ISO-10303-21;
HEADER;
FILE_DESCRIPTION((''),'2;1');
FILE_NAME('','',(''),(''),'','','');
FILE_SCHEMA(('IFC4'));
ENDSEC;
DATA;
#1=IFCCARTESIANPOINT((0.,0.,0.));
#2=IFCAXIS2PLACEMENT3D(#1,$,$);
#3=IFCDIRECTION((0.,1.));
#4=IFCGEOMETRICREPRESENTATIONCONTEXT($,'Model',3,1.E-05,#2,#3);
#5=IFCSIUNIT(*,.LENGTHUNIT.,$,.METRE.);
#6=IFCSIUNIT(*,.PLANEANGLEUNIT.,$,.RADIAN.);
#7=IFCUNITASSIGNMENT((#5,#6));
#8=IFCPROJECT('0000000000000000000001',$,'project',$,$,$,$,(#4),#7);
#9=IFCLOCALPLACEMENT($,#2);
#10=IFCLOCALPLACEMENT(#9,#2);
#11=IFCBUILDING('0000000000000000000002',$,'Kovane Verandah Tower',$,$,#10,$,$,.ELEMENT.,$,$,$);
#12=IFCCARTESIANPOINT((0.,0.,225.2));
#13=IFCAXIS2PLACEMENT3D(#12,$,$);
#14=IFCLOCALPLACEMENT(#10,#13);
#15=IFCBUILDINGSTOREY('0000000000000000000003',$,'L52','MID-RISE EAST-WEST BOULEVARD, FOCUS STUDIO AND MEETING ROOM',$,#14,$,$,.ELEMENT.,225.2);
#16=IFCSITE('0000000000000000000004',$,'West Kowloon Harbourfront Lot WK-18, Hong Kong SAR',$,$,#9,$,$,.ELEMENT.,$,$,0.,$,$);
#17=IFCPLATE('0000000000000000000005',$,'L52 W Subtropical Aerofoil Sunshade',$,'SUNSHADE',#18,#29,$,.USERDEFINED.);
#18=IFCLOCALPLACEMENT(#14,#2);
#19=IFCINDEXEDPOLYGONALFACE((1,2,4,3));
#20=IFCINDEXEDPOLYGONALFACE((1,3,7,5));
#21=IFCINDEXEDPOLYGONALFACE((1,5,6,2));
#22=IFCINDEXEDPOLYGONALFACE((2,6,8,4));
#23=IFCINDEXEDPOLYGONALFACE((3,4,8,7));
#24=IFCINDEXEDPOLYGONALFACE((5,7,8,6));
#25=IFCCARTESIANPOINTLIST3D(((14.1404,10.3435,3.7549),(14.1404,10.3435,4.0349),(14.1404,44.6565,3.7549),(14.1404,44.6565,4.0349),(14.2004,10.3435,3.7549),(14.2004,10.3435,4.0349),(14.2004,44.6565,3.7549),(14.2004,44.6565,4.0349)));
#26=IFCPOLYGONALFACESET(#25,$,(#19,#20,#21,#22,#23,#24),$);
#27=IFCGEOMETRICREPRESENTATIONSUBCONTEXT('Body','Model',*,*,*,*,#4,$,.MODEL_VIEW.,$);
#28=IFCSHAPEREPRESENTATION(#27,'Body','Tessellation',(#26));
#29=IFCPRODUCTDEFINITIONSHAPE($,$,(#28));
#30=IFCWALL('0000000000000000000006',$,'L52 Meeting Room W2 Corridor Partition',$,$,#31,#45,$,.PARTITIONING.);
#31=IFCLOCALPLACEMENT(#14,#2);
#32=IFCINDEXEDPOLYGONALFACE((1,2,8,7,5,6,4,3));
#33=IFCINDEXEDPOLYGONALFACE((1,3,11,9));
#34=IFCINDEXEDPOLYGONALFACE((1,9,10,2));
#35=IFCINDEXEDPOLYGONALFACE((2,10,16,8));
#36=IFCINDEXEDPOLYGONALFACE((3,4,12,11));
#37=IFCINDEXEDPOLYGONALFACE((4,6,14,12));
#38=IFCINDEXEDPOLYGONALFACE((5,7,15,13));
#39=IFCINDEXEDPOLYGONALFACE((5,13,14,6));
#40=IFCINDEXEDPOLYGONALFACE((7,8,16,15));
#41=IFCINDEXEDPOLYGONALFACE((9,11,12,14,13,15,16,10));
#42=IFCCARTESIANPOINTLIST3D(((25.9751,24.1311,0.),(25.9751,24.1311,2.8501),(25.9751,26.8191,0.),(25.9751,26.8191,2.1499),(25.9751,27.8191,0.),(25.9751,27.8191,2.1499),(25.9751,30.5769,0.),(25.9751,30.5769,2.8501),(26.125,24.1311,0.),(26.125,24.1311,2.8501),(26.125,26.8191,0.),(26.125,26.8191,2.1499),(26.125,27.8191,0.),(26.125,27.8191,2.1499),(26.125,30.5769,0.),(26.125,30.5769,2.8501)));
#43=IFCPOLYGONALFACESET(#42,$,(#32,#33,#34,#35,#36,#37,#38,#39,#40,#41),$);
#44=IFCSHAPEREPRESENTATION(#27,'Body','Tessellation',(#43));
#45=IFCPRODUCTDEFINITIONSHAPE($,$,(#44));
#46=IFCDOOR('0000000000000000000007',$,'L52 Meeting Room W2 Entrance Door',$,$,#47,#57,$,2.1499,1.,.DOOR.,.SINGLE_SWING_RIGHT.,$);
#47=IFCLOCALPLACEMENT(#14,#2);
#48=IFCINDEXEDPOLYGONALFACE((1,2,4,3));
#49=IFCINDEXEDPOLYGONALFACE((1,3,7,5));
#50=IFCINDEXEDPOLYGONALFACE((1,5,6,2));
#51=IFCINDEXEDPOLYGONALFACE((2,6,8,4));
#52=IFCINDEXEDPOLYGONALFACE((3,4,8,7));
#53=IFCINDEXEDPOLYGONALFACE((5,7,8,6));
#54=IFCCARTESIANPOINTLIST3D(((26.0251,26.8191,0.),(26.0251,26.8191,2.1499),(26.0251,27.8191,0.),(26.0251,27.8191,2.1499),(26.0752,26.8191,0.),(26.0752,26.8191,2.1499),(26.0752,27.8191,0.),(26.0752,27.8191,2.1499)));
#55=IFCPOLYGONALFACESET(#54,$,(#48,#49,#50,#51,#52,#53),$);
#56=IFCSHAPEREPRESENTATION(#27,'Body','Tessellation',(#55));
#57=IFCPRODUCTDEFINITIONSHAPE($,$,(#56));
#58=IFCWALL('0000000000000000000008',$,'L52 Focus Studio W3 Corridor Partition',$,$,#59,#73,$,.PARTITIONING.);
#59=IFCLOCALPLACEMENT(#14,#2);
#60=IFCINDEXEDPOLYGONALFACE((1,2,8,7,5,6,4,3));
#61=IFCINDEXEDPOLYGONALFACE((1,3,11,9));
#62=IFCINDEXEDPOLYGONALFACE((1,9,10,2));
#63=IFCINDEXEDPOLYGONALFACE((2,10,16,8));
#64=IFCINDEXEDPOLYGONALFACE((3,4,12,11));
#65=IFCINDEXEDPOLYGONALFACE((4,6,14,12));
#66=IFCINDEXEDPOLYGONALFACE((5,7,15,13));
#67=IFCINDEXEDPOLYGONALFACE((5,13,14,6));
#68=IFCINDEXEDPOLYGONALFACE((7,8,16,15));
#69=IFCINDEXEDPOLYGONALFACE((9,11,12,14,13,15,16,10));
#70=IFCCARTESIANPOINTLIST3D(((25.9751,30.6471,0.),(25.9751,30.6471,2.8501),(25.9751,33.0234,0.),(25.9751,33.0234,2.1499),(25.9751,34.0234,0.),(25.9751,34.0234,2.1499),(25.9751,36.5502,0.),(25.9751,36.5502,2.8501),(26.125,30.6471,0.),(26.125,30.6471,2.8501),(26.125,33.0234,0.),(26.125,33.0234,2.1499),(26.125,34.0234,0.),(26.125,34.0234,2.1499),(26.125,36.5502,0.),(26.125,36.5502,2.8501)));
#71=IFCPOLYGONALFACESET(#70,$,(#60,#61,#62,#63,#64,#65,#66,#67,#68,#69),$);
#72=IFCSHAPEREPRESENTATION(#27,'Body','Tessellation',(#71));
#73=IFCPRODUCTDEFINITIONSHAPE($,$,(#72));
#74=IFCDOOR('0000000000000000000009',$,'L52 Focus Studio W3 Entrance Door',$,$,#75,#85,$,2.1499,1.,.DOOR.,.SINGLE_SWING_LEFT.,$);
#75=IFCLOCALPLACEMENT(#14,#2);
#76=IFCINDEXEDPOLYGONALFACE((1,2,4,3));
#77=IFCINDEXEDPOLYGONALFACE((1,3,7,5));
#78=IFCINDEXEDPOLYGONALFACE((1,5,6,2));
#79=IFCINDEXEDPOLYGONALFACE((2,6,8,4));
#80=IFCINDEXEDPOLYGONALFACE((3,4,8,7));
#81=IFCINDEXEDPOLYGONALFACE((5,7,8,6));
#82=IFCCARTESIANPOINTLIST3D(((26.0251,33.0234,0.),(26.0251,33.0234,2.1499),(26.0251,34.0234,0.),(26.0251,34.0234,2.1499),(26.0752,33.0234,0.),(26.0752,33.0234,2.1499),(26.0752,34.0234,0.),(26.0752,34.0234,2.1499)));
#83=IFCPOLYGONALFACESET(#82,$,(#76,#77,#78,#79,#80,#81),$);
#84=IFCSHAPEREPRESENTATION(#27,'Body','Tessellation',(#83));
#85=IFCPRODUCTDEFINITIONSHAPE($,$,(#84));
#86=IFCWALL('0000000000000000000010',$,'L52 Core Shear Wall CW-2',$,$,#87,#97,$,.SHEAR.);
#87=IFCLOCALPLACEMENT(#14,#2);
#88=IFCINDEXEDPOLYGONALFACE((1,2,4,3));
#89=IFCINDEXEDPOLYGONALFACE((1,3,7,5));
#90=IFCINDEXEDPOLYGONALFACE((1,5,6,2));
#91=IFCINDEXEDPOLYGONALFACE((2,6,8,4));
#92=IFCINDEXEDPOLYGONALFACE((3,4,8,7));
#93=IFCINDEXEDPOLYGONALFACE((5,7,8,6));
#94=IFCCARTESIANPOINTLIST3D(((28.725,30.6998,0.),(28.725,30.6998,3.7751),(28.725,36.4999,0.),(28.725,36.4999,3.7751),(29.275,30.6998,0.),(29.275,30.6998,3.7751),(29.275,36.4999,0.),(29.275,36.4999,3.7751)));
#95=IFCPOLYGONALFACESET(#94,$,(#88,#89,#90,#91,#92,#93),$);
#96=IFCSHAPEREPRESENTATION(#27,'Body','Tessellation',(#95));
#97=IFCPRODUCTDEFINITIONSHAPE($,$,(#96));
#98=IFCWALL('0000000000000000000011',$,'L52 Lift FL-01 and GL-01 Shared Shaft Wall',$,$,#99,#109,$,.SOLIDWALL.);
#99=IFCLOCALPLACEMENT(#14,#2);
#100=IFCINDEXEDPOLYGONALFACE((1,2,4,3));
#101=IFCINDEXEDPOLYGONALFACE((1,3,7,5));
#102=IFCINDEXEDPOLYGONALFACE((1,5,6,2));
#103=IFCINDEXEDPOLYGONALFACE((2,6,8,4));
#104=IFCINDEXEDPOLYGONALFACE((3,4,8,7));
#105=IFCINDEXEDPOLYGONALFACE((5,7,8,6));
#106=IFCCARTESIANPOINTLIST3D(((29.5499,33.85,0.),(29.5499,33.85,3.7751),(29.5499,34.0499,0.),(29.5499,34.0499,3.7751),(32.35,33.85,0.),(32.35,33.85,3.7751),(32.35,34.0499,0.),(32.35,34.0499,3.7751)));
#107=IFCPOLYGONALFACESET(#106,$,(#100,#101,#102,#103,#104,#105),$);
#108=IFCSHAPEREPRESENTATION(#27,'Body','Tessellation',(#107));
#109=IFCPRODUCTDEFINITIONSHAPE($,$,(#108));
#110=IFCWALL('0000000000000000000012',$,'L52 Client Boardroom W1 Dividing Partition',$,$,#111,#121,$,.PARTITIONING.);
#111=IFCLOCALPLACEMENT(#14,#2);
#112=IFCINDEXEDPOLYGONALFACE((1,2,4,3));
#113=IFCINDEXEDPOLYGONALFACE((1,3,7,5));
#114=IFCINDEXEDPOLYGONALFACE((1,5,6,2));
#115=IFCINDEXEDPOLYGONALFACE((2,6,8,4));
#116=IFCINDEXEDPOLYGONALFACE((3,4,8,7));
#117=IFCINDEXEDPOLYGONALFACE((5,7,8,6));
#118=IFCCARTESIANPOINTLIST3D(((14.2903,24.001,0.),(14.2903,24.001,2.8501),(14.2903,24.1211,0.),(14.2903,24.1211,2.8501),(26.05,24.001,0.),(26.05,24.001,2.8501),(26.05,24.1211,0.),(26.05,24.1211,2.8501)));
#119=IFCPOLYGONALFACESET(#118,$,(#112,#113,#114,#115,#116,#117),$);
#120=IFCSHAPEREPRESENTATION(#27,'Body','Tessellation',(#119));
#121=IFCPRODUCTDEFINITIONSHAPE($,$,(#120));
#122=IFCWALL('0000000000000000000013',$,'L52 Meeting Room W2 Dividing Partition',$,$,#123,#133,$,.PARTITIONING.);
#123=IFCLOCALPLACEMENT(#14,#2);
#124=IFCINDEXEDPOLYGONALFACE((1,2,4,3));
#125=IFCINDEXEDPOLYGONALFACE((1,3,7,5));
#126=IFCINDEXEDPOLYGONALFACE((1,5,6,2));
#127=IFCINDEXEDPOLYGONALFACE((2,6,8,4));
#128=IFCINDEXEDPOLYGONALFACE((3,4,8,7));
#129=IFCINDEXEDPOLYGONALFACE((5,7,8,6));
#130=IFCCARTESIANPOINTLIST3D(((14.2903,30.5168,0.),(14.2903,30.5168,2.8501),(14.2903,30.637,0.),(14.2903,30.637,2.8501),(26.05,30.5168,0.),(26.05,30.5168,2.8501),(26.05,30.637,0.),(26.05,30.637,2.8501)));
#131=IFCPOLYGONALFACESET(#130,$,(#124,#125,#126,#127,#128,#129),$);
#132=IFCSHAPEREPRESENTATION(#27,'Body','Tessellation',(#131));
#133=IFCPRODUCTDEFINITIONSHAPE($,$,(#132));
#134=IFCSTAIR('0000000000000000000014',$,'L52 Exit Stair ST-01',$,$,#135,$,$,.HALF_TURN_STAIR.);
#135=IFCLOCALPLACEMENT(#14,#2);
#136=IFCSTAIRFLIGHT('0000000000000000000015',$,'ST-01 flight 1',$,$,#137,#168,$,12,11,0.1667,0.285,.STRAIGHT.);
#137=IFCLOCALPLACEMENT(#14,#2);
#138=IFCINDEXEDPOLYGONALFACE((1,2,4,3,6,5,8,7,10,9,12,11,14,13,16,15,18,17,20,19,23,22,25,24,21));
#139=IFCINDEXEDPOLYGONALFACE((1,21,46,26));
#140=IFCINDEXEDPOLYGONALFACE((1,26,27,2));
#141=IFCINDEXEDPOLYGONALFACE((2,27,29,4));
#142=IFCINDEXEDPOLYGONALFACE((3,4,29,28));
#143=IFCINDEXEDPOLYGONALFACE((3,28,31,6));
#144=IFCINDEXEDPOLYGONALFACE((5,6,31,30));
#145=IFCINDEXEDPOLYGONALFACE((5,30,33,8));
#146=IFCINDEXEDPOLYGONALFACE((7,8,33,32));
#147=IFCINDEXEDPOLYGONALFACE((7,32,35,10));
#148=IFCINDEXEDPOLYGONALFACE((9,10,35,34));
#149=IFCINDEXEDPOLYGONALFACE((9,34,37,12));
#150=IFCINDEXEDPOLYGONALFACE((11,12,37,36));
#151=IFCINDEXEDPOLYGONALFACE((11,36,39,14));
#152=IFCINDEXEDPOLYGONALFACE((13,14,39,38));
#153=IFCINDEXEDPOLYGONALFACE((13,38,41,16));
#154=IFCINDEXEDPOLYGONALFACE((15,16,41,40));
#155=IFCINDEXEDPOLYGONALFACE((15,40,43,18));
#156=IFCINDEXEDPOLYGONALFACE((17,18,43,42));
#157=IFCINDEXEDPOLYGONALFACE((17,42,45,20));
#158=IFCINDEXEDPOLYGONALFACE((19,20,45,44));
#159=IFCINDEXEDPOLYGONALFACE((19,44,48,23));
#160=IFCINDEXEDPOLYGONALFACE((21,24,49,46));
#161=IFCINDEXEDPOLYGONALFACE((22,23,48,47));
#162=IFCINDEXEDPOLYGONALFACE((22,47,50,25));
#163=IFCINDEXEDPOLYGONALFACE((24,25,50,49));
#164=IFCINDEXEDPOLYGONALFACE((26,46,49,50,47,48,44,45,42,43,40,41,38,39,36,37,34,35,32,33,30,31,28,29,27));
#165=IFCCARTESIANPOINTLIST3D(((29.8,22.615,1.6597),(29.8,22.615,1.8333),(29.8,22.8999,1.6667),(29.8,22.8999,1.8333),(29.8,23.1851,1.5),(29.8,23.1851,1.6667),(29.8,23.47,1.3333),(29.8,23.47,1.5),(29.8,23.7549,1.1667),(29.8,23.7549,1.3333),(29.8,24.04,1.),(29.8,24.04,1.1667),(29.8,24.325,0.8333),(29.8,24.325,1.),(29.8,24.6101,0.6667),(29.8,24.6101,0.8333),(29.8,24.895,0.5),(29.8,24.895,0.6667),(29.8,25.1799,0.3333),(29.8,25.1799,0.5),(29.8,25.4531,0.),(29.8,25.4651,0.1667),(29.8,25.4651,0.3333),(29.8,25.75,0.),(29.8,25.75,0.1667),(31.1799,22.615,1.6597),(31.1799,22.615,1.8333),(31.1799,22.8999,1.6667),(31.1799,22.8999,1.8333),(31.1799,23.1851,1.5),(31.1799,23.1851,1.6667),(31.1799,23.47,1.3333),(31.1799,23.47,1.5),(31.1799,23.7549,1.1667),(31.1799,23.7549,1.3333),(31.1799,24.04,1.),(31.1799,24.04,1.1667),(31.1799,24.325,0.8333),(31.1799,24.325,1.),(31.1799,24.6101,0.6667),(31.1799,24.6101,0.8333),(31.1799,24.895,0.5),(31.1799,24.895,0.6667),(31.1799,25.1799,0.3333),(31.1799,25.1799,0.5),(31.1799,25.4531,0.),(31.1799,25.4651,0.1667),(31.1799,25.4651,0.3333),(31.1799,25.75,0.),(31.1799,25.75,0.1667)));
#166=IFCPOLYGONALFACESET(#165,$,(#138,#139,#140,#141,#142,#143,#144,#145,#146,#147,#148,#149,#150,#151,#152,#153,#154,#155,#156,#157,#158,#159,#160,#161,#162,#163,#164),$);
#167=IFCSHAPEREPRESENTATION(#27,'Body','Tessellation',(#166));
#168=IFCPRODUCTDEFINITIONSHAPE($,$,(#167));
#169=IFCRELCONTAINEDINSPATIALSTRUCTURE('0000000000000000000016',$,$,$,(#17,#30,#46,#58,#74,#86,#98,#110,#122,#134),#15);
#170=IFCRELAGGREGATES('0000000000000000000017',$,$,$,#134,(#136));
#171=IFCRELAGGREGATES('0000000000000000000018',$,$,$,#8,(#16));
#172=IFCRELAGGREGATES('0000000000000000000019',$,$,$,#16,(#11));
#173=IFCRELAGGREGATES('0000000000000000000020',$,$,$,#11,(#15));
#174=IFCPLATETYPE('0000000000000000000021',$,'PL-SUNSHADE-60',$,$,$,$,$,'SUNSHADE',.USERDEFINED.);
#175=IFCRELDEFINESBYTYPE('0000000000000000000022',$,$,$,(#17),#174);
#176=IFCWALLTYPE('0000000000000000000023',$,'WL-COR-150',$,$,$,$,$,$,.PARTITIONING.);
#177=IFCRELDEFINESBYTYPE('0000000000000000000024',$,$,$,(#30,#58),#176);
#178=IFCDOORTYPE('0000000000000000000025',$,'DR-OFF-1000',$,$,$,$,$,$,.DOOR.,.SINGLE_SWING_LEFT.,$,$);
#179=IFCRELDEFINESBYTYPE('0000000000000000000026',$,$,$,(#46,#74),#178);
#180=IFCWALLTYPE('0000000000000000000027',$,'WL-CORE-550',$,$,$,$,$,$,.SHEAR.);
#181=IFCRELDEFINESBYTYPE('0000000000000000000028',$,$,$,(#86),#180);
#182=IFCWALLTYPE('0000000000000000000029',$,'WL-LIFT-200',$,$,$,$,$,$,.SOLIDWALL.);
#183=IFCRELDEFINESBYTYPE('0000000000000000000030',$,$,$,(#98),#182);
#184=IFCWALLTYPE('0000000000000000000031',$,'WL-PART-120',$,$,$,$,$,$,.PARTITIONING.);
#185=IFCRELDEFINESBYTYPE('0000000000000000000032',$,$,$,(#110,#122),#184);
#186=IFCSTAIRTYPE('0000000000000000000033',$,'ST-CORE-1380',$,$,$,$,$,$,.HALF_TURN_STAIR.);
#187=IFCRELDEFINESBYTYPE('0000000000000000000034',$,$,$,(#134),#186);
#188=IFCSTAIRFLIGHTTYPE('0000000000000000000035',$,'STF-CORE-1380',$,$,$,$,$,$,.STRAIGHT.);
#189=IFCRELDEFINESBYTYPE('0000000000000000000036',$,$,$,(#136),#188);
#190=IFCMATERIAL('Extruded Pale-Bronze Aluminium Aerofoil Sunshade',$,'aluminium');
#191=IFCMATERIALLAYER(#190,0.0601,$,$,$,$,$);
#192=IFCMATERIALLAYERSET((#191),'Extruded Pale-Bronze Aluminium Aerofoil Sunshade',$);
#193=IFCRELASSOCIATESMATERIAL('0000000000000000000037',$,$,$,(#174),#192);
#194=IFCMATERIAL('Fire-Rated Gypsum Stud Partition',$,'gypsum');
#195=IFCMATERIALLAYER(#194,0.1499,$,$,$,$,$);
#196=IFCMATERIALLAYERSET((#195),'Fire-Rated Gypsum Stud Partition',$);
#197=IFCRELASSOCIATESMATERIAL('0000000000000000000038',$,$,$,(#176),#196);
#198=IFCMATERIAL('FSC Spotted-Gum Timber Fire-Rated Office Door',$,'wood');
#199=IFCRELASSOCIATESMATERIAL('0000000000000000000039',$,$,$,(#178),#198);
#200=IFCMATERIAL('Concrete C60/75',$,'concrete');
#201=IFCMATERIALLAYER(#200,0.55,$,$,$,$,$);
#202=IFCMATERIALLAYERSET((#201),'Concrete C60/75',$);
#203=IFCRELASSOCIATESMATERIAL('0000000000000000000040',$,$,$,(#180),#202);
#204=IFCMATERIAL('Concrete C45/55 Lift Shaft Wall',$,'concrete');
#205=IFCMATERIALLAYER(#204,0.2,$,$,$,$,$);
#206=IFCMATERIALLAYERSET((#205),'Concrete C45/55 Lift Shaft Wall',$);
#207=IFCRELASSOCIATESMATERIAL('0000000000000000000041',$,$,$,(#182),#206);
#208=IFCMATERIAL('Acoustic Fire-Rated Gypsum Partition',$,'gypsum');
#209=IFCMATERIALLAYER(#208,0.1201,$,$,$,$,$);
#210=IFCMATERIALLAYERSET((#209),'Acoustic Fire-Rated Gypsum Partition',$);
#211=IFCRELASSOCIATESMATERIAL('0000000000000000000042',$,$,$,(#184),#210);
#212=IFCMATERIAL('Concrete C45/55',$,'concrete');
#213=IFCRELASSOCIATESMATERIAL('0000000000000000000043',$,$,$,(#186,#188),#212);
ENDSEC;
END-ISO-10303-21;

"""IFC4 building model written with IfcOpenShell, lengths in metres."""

from ifc_helpers import new_model, si_unit, direction, frame, frame_2d, origin, origin_2d, place, context, subcontext, project, spatial, polyline, rectangle, outline, extrude, material, layer, layer_set, type_object, element, fill, aggregate, save


model = new_model("IFC4")

# Units and contexts
model_context = context("Model", 3, precision=1e-05, world=origin(), true_north=direction((0.0, 1.0)))
body_context = subcontext(model_context, "Body", "Model", "MODEL_VIEW")
ifc_project = project(units=[si_unit("LENGTHUNIT", "METRE"), si_unit("PLANEANGLEUNIT", "RADIAN")], contexts=[model_context])

# Site, building, storey
site_placement = place(None, origin())
site = spatial("IfcSite", under=ifc_project, at=site_placement, Name="West Kowloon Harbourfront Lot WK-18, Hong Kong SAR", CompositionType="ELEMENT", RefElevation=0.0)
building_placement = place(site_placement, origin())
building = spatial("IfcBuilding", under=site, at=building_placement, Name="Kovane Verandah Tower", CompositionType="ELEMENT")
storey_placement = place(building_placement, frame((0.0, 0.0, 225.2)))
storey = spatial("IfcBuildingStorey", under=building, at=storey_placement, Name="L52", Description="MID-RISE EAST-WEST BOULEVARD, FOCUS STUDIO AND MEETING ROOM", CompositionType="ELEMENT", Elevation=225.2)

# Shared definitions
ifc_material_1 = material(Name="Concrete C60/75", Category="concrete")

# Plate
ifc_material_2 = material(Name="Extruded Pale-Bronze Aluminium Aerofoil Sunshade", Category="aluminium")
ifc_layer_1 = layer(ifc_material_2, 0.0601)
ifc_layer_set_1 = layer_set([ifc_layer_1], Name="Extruded Pale-Bronze Aluminium Aerofoil Sunshade")
plate_type_1 = type_object("IfcPlateType", Name="PL-SUNSHADE-60", ElementType="SUNSHADE", PredefinedType="USERDEFINED", material=ifc_layer_set_1)
plate_1_placement = place(storey_placement, frame((14.1704, 27.5, 3.7549), z_axis=(0.0, 0.0, 1.0), x_axis=(0.0, -1.0, 0.0)))
element("IfcPlate", 1, at=plate_1_placement, inside=storey, type_object=plate_type_1, Name="L52 W Subtropical Aerofoil Sunshade", ObjectType="SUNSHADE", PredefinedType="USERDEFINED", context=body_context, shape_type="SweptSolid", body=[
    extrude(rectangle(XDim=34.313, YDim=0.0601, at=origin_2d()), origin(), (0.0, 0.0, 1.0), 0.28),
])

# Walls, openings, doors
ifc_material_3 = material(Name="Fire-Rated Gypsum Stud Partition", Category="gypsum")
ifc_layer_2 = layer(ifc_material_3, 0.1499)
ifc_layer_set_2 = layer_set([ifc_layer_2], Name="Fire-Rated Gypsum Stud Partition")
wall_type_1 = type_object("IfcWallType", Name="WL-COR-150", PredefinedType="PARTITIONING", material=ifc_layer_set_2)
wall_1_placement = place(storey_placement, frame((26.05, 24.1311, 0.0), z_axis=(0.0, 0.0, 1.0), x_axis=(0.0, 1.0, 0.0)))
wall_1 = element("IfcWall", 2, at=wall_1_placement, inside=storey, type_object=wall_type_1, Name="L52 Meeting Room W2 Corridor Partition", PredefinedType="PARTITIONING", context=body_context, shape_type="SweptSolid", body=[
    extrude(rectangle(XDim=6.4458, YDim=0.1499, at=frame_2d((3.2229, 0.0))), origin(), (0.0, 0.0, 1.0), 2.8501),
])
opening_1_placement = place(wall_1_placement, frame((2.688, 0.0, 0.0)))
opening_1 = element("IfcOpeningElement", 3, at=opening_1_placement, cuts=wall_1, PredefinedType="OPENING", context=body_context, shape_type="SweptSolid", body=[
    extrude(rectangle(XDim=1.0, YDim=2.1499, at=frame_2d((0.5, 1.075))), frame((0.0, 0.075, 0.0), z_axis=(0.0, -1.0, 0.0), x_axis=(1.0, 0.0, 0.0)), (0.0, 0.0, 1.0), 0.1499),
])
ifc_material_4 = material(Name="FSC Spotted-Gum Timber Fire-Rated Office Door", Category="wood")
door_type_1 = type_object("IfcDoorType", Name="DR-OFF-1000", OperationType="SINGLE_SWING_LEFT", PredefinedType="DOOR", material=ifc_material_4)
door_1_placement = place(opening_1_placement, origin())
door_1 = element("IfcDoor", 4, at=door_1_placement, inside=storey, type_object=door_type_1, Name="L52 Meeting Room W2 Entrance Door", OperationType="SINGLE_SWING_RIGHT", OverallHeight=2.1499, OverallWidth=1.0, PredefinedType="DOOR", context=body_context, shape_type="SweptSolid", body=[
    extrude(rectangle(XDim=1.0, YDim=2.1499, at=frame_2d((0.5, 1.075))), frame((0.0, 0.0249, 0.0), z_axis=(0.0, -1.0, 0.0), x_axis=(1.0, 0.0, 0.0)), (0.0, 0.0, 1.0), 0.05),
])
fill(opening_1, door_1)
wall_2_placement = place(storey_placement, frame((26.05, 30.647, 0.0), z_axis=(0.0, 0.0, 1.0), x_axis=(0.0, 1.0, 0.0)))
wall_2 = element("IfcWall", 5, at=wall_2_placement, inside=storey, type_object=wall_type_1, Name="L52 Focus Studio W3 Corridor Partition", PredefinedType="PARTITIONING", context=body_context, shape_type="SweptSolid", body=[
    extrude(rectangle(XDim=5.9031, YDim=0.1499, at=frame_2d((2.9517, 0.0))), origin(), (0.0, 0.0, 1.0), 2.8501),
])
opening_2_placement = place(wall_2_placement, frame((2.3765, 0.0, 0.0)))
opening_2 = element("IfcOpeningElement", 6, at=opening_2_placement, cuts=wall_2, PredefinedType="OPENING", context=body_context, shape_type="SweptSolid", body=[
    extrude(rectangle(XDim=1.0, YDim=2.1499, at=frame_2d((0.5, 1.075))), frame((0.0, 0.075, 0.0), z_axis=(0.0, -1.0, 0.0), x_axis=(1.0, 0.0, 0.0)), (0.0, 0.0, 1.0), 0.1499),
])
door_2_placement = place(opening_2_placement, origin())
door_2 = element("IfcDoor", 7, at=door_2_placement, inside=storey, type_object=door_type_1, Name="L52 Focus Studio W3 Entrance Door", OperationType="SINGLE_SWING_LEFT", OverallHeight=2.1499, OverallWidth=1.0, PredefinedType="DOOR", context=body_context, shape_type="SweptSolid", body=[
    extrude(rectangle(XDim=1.0, YDim=2.1499, at=frame_2d((0.5, 1.075))), frame((0.0, 0.0249, 0.0), z_axis=(0.0, -1.0, 0.0), x_axis=(1.0, 0.0, 0.0)), (0.0, 0.0, 1.0), 0.05),
])
fill(opening_2, door_2)

# Wall
ifc_layer_3 = layer(ifc_material_1, 0.55)
ifc_layer_set_3 = layer_set([ifc_layer_3], Name="Concrete C60/75")
wall_type_2 = type_object("IfcWallType", Name="WL-CORE-550", PredefinedType="SHEAR", material=ifc_layer_set_3)
wall_3_placement = place(storey_placement, frame((29.0, 30.7, 0.0), z_axis=(0.0, 0.0, 1.0), x_axis=(0.0, 1.0, 0.0)))
element("IfcWall", 8, at=wall_3_placement, inside=storey, type_object=wall_type_2, Name="L52 Core Shear Wall CW-2", PredefinedType="SHEAR", context=body_context, shape_type="SweptSolid", body=[
    extrude(rectangle(XDim=5.8, YDim=0.55, at=frame_2d((2.8999, 0.0))), origin(), (0.0, 0.0, 1.0), 3.7751),
])

# Shared definitions
ifc_material_5 = material(Name="Concrete C45/55 Lift Shaft Wall", Category="concrete")
ifc_layer_4 = layer(ifc_material_5, 0.2)
ifc_layer_set_4 = layer_set([ifc_layer_4], Name="Concrete C45/55 Lift Shaft Wall")
wall_type_3 = type_object("IfcWallType", Name="WL-LIFT-200", PredefinedType="SOLIDWALL", material=ifc_layer_set_4)

# Walls
wall_4_placement = place(storey_placement, frame((29.55, 33.95, 0.0), z_axis=(0.0, 0.0, 1.0), x_axis=(1.0, 0.0, 0.0)))
element("IfcWall", 9, at=wall_4_placement, inside=storey, type_object=wall_type_3, Name="L52 Lift FL-01 and GL-01 Shared Shaft Wall", PredefinedType="SOLIDWALL", context=body_context, shape_type="SweptSolid", body=[
    extrude(rectangle(XDim=2.8, YDim=0.2, at=frame_2d((1.3999, 0.0))), origin(), (0.0, 0.0, 1.0), 3.7751),
])
ifc_material_6 = material(Name="Acoustic Fire-Rated Gypsum Partition", Category="gypsum")
ifc_layer_5 = layer(ifc_material_6, 0.1201)
ifc_layer_set_5 = layer_set([ifc_layer_5], Name="Acoustic Fire-Rated Gypsum Partition")
wall_type_4 = type_object("IfcWallType", Name="WL-PART-120", PredefinedType="PARTITIONING", material=ifc_layer_set_5)
for number, where, z_axis, x_axis, name in (
    (10, (14.2903, 24.061, 0.0), (0.0, 0.0, 1.0), (1.0, 0.0, 0.0), "L52 Client Boardroom W1 Dividing Partition"),
    (11, (14.2903, 30.5769, 0.0), (0.0, 0.0, 1.0), (1.0, 0.0, 0.0), "L52 Meeting Room W2 Dividing Partition"),
):
    element("IfcWall", number, at=place(storey_placement, frame(where, z_axis=z_axis, x_axis=x_axis)), inside=storey, type_object=wall_type_4, Name=name, PredefinedType="PARTITIONING", context=body_context, shape_type="SweptSolid", body=[
        extrude(rectangle(XDim=11.7598, YDim=0.1201, at=frame_2d((5.8799, 0.0))), origin(), (0.0, 0.0, 1.0), 2.8501),
    ])

# Shared definitions
ifc_material_7 = material(Name="Concrete C45/55", Category="concrete")

# Stair, stair flight
stair_type = type_object("IfcStairType", Name="ST-CORE-1380", PredefinedType="HALF_TURN_STAIR", material=ifc_material_7)
stair_placement = place(storey_placement, origin())
stair = element("IfcStair", 12, at=stair_placement, inside=storey, type_object=stair_type, Name="L52 Exit Stair ST-01", PredefinedType="HALF_TURN_STAIR")
stair_flight_type = type_object("IfcStairFlightType", Name="STF-CORE-1380", PredefinedType="STRAIGHT", material=ifc_material_7)
stair_flight_1_placement = place(storey_placement, frame((30.49, 25.75, 0.0), z_axis=(0.0, 0.0, 1.0), x_axis=(0.0, -1.0, 0.0)))
stair_flight_1 = element("IfcStairFlight", 13, at=stair_flight_1_placement, type_object=stair_flight_type, Name="ST-01 flight 1", NumberOfRisers=12, NumberOfTreads=11, PredefinedType="STRAIGHT", RiserHeight=0.1667, TreadLength=0.285, context=body_context, shape_type="SweptSolid", body=[
    extrude(outline(polyline([(0.0, 0.0), (0.0, 0.1667), (0.2849, 0.1667), (0.2849, 0.3333), (0.5701, 0.3333), (0.5701, 0.5), (0.855, 0.5), (0.855, 0.6667), (1.1399, 0.6667), (1.1399, 0.8333), (1.425, 0.8333), (1.425, 1.0), (1.71, 1.0), (1.71, 1.1667), (1.9951, 1.1667), (1.9951, 1.3333), (2.28, 1.3333), (2.28, 1.5), (2.5649, 1.5), (2.5649, 1.6667), (2.8501, 1.6667), (2.8501, 1.8333), (3.135, 1.8333), (3.135, 2.0), (3.135, 1.6597), (0.2969, 0.0), (0.0, 0.0)])), frame((0.0, 0.6899, 0.0), z_axis=(0.0, -1.0, 0.0), x_axis=(1.0, 0.0, 0.0)), (0.0, 0.0, 1.0), 1.3799),
])
aggregate(stair, [stair_flight_1])

save(model, "model.ifc")
